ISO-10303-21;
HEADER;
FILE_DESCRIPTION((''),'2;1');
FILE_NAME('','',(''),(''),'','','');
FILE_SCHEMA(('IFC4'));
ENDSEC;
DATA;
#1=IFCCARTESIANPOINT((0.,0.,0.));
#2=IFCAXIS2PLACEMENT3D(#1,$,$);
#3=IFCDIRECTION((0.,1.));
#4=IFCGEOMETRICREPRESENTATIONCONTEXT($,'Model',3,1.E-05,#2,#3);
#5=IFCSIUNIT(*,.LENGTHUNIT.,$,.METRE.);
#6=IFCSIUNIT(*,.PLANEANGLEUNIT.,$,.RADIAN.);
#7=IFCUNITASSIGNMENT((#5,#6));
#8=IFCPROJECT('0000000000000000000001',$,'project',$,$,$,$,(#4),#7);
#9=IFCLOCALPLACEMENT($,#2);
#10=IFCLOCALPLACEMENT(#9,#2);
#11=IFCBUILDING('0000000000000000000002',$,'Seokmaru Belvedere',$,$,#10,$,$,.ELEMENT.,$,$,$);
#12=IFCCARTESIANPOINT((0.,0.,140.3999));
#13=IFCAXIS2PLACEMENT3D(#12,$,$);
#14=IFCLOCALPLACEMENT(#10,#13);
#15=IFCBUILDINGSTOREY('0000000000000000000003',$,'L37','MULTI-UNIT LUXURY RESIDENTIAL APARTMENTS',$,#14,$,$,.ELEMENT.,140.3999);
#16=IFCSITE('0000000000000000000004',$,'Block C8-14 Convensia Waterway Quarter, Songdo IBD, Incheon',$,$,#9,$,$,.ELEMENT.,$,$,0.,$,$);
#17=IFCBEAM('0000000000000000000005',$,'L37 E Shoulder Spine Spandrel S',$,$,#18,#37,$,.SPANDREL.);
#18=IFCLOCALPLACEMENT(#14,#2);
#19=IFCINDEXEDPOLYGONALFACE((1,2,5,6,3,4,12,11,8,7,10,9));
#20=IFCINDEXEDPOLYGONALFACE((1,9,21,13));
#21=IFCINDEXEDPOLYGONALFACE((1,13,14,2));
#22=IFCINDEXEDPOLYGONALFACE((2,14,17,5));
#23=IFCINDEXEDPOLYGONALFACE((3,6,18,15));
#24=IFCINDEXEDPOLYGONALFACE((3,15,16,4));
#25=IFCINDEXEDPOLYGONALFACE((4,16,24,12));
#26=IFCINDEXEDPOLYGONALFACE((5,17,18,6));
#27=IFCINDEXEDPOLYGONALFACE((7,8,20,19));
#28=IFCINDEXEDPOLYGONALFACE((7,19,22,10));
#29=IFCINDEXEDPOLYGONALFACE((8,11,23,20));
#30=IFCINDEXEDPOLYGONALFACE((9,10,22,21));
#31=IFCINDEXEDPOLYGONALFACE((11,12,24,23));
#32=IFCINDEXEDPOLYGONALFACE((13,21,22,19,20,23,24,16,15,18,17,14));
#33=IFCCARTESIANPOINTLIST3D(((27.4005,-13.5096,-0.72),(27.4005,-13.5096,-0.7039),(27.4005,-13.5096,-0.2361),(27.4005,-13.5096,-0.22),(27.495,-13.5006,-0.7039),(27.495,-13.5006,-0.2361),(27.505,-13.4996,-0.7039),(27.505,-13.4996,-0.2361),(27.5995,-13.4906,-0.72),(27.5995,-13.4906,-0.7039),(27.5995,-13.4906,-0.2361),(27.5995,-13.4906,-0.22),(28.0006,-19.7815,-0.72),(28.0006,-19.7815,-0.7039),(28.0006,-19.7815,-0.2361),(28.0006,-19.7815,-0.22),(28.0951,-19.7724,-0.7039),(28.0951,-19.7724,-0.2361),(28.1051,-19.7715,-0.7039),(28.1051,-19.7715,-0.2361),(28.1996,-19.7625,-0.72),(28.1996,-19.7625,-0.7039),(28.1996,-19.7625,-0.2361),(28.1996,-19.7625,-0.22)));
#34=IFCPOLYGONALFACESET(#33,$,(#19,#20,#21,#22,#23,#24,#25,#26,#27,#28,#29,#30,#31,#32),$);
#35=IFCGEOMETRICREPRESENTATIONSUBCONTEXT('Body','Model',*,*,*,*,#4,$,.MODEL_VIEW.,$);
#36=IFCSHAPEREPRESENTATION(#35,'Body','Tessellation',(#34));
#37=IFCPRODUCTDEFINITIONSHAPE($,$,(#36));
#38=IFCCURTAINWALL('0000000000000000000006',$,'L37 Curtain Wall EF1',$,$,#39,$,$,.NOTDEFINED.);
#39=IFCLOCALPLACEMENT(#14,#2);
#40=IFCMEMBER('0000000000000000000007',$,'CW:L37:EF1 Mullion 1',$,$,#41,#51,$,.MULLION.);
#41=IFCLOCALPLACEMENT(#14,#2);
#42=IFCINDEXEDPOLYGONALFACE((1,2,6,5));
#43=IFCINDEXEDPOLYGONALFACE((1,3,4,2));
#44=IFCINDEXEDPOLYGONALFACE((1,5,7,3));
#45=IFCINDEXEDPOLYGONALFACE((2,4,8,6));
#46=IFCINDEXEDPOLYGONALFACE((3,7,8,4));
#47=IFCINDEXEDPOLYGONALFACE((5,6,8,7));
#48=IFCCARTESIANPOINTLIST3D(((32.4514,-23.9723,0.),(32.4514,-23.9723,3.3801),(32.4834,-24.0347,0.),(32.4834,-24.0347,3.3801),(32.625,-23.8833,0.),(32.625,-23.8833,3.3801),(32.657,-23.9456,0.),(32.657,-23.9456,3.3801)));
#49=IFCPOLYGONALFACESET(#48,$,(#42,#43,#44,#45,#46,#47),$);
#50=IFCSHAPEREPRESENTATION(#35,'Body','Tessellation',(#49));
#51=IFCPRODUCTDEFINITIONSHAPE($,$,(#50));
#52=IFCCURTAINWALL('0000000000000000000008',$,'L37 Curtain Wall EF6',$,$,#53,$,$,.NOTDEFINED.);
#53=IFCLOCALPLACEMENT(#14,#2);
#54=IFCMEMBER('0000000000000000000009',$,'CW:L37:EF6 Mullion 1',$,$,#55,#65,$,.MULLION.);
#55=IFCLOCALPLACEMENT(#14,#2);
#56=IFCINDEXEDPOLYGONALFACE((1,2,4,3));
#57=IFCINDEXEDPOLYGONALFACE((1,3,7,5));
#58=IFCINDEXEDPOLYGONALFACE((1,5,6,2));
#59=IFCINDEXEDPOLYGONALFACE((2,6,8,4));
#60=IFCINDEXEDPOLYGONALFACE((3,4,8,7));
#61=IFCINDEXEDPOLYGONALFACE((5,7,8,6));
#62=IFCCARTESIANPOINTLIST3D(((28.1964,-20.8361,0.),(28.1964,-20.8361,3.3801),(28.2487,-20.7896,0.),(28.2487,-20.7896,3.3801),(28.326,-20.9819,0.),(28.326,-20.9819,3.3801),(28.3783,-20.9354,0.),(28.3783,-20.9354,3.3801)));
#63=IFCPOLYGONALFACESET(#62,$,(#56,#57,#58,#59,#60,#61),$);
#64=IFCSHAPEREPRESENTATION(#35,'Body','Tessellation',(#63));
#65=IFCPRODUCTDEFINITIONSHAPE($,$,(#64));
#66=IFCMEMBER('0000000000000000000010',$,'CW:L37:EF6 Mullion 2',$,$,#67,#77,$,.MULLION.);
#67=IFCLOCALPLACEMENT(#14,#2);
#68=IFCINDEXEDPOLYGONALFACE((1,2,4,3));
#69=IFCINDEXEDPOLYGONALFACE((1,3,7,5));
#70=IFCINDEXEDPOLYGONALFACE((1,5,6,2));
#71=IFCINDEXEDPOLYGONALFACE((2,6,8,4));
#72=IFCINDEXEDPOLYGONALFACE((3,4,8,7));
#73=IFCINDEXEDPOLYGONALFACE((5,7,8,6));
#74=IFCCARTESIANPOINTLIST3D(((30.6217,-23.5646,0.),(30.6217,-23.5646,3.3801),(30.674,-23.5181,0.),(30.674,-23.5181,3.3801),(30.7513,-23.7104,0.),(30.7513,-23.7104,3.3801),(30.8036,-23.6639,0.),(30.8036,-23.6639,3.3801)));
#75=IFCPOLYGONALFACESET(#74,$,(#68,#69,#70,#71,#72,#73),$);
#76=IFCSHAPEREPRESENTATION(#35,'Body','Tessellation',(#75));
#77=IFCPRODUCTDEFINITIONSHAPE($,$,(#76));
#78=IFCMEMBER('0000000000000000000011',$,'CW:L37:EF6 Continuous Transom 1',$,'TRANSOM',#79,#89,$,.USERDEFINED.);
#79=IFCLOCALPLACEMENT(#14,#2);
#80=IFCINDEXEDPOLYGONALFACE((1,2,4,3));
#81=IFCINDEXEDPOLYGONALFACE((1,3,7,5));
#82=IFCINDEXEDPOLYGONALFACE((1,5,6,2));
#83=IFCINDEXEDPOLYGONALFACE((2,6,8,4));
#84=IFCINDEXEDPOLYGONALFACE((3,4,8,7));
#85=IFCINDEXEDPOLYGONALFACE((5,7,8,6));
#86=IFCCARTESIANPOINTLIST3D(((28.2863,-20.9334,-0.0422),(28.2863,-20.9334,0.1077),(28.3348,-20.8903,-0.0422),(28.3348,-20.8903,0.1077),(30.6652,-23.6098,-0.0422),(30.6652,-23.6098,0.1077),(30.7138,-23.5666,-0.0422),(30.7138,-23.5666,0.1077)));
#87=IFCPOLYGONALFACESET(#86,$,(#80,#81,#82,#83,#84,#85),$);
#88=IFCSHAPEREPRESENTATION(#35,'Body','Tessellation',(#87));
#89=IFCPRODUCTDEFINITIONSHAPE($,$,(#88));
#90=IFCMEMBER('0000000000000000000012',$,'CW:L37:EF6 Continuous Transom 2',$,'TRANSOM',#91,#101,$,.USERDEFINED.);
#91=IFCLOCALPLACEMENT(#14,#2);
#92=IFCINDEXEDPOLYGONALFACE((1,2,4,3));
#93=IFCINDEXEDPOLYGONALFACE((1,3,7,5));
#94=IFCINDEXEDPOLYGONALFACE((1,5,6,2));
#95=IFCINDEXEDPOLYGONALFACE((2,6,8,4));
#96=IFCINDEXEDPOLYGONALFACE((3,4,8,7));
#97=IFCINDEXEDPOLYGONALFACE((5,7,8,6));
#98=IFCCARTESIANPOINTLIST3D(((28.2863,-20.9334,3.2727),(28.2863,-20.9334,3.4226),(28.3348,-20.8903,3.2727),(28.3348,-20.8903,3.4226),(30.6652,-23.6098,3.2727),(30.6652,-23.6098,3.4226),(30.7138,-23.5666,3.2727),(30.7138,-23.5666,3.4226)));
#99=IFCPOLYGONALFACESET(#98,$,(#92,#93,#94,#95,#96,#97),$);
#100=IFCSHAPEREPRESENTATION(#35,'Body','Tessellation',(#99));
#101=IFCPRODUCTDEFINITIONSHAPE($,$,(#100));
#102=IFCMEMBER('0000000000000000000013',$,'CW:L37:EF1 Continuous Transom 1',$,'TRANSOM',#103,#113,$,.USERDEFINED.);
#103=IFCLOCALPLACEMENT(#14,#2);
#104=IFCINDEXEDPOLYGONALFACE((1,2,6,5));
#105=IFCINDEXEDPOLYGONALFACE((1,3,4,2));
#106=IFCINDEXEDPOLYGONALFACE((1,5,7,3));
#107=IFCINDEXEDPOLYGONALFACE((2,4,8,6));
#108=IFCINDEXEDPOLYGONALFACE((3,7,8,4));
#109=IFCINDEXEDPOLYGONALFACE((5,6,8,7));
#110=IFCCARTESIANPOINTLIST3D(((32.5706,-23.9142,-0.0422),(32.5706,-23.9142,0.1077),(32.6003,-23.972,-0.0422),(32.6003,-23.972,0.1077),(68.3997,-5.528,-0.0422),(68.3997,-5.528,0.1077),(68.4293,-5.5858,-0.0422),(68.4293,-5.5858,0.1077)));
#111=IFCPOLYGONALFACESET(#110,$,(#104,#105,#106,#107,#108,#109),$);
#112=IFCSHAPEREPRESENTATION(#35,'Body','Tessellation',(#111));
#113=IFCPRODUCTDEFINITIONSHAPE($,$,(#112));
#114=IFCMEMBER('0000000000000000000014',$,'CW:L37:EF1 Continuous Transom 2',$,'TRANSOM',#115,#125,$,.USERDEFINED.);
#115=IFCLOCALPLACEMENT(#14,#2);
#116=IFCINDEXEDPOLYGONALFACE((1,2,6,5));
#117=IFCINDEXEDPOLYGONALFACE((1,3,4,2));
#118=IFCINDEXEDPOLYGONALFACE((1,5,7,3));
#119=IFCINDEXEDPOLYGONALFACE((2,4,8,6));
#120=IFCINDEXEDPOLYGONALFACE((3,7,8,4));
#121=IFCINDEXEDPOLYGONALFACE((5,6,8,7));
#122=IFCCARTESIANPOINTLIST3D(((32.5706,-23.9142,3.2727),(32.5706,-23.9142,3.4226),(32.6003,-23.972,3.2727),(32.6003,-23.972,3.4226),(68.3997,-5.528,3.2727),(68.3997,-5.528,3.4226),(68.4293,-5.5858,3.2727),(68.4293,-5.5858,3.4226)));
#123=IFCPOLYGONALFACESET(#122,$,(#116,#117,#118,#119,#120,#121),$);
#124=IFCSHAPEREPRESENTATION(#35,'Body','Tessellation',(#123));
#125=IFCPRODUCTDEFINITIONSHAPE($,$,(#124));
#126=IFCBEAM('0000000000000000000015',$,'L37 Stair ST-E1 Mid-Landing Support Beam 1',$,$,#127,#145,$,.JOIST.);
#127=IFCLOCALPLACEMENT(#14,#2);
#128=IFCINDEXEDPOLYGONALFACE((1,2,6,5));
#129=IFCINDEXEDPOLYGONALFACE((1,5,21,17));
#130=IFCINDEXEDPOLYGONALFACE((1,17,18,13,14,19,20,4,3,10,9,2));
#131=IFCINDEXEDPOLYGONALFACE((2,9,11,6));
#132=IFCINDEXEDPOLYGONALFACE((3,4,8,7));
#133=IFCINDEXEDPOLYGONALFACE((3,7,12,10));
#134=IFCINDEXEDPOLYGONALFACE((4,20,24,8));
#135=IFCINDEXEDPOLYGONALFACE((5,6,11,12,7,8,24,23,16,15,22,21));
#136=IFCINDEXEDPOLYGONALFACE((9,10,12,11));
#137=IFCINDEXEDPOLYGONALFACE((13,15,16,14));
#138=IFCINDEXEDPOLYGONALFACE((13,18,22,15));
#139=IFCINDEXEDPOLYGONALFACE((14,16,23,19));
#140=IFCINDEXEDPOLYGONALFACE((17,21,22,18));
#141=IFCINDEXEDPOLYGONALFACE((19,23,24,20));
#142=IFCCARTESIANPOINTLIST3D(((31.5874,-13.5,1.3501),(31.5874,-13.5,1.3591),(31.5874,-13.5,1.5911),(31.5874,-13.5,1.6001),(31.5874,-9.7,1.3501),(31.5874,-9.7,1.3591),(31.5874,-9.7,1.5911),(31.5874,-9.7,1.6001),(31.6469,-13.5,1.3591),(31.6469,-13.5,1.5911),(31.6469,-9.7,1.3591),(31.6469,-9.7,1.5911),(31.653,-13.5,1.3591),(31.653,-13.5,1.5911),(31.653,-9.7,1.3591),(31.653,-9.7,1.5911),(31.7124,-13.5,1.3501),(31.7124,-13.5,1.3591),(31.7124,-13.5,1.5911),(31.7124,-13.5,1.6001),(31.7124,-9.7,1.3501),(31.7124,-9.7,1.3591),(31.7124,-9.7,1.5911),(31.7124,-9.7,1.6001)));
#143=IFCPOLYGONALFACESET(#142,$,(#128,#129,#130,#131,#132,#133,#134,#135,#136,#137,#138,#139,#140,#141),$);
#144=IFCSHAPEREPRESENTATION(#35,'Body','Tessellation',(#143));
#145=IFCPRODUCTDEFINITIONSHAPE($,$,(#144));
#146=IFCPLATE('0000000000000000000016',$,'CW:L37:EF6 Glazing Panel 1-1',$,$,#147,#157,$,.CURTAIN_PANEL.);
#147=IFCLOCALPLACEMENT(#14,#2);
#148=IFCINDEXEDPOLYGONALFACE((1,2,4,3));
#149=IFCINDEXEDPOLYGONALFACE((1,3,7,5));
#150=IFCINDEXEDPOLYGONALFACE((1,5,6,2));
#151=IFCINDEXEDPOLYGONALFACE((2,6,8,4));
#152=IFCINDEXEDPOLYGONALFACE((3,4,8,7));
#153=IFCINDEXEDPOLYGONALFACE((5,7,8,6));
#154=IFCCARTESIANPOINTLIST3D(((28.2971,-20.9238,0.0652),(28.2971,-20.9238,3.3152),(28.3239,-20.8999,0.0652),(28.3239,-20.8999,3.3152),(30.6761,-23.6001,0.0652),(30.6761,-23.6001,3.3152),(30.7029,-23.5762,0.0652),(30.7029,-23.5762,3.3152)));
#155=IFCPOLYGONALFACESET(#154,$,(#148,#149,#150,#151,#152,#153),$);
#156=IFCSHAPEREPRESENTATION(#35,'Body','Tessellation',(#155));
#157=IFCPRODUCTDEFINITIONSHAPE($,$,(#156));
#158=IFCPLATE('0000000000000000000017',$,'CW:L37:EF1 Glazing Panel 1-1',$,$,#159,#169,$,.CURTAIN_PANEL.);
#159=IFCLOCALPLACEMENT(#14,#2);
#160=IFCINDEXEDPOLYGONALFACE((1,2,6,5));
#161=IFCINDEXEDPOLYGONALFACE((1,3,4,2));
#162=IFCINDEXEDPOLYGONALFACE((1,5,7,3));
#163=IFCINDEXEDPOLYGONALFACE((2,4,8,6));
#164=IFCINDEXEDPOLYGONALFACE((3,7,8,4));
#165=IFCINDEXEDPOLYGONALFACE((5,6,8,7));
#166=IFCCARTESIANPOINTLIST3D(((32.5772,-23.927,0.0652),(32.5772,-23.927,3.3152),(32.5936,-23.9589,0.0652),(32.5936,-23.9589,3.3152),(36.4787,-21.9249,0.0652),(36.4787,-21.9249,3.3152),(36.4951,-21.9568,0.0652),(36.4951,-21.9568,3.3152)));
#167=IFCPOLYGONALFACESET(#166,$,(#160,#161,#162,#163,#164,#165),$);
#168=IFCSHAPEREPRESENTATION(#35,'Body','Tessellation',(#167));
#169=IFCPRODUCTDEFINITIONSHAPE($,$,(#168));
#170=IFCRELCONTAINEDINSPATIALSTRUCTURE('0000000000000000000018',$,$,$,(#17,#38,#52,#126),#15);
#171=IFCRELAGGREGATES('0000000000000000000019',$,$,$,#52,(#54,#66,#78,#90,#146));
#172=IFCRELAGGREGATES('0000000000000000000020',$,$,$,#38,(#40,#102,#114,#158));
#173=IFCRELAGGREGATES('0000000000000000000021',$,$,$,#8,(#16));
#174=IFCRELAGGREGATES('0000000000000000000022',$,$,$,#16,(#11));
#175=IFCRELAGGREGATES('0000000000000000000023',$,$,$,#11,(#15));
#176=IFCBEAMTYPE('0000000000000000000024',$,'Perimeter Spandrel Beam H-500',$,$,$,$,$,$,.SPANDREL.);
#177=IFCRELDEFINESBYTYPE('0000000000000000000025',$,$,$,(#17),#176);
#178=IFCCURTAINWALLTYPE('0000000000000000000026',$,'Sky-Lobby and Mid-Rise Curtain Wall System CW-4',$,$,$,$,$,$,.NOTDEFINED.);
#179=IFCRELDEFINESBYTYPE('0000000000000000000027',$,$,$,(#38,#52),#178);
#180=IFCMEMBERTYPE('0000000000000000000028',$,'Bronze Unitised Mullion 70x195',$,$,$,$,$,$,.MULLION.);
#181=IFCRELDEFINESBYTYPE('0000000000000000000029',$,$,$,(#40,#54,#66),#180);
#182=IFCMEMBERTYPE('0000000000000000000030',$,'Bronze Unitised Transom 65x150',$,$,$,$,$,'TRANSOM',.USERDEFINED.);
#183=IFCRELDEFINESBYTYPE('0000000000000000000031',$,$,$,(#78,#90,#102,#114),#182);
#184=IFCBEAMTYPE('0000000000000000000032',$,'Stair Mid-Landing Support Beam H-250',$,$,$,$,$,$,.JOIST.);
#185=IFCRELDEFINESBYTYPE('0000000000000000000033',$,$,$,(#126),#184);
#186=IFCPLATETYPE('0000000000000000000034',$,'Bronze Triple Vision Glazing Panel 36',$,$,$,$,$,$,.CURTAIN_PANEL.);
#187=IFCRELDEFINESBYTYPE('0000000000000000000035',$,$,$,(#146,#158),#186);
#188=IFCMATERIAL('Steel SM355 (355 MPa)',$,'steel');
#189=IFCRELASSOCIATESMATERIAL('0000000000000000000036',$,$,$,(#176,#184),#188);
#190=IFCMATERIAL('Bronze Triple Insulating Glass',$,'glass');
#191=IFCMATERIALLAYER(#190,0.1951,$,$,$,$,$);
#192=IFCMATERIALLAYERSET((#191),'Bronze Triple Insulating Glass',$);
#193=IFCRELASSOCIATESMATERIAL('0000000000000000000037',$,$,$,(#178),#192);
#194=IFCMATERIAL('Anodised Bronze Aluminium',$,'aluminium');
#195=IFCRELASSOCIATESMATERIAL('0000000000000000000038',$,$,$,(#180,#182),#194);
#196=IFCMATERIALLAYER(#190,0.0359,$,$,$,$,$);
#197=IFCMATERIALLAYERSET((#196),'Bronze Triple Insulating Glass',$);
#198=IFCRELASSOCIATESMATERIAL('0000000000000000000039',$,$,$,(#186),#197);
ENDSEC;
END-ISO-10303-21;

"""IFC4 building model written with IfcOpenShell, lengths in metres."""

from ifc_helpers import new_model, si_unit, direction, frame, origin, origin_2d, place, context, subcontext, project, spatial, rectangle, i_section, extrude, source, transform, mapped, material, layer, layer_set, material_profile, profile_set, type_object, type_shapes, element, aggregate, save


model = new_model("IFC4")

# Units and contexts
model_context = context("Model", 3, precision=1e-05, world=origin(), true_north=direction((0.0, 1.0)))
body_context = subcontext(model_context, "Body", "Model", "MODEL_VIEW")
ifc_project = project(units=[si_unit("LENGTHUNIT", "METRE"), si_unit("PLANEANGLEUNIT", "RADIAN")], contexts=[model_context])

# Site, building, storey
site_placement = place(None, origin())
site = spatial("IfcSite", under=ifc_project, at=site_placement, Name="Block C8-14 Convensia Waterway Quarter, Songdo IBD, Incheon", CompositionType="ELEMENT", RefElevation=0.0)
building_placement = place(site_placement, origin())
building = spatial("IfcBuilding", under=site, at=building_placement, Name="Seokmaru Belvedere", CompositionType="ELEMENT")
storey_placement = place(building_placement, frame((0.0, 0.0, 140.3999)))
storey = spatial("IfcBuildingStorey", under=building, at=storey_placement, Name="L37", Description="MULTI-UNIT LUXURY RESIDENTIAL APARTMENTS", CompositionType="ELEMENT", Elevation=140.3999)

# Shared definitions
ifc_material_1 = material(Name="Steel SM355 (355 MPa)", Category="steel")

# Beam
ifc_material_profile_1 = material_profile(ifc_material_1, i_section(OverallWidth=0.2, OverallDepth=0.5, WebThickness=0.01, FlangeThickness=0.0161, at=origin_2d()), Name="H-500x200x10x16")
ifc_profile_set_1 = profile_set([ifc_material_profile_1], Name="Steel SM355 (355 MPa)")
beam_type_1 = type_object("IfcBeamType", Name="Perimeter Spandrel Beam H-500", PredefinedType="SPANDREL", material=ifc_profile_set_1)
shared_shape_1 = source(origin(), body_context, "Body", "SweptSolid", [
    extrude(i_section(OverallWidth=0.2, OverallDepth=0.5, WebThickness=0.01, FlangeThickness=0.0161, at=origin_2d()), origin(), (0.0, 0.0, 1.0), 6.3005),
])
beam_1_placement = place(storey_placement, frame((28.1001, -19.772, -0.47), z_axis=(-0.095244, 0.995454, 0.0), x_axis=(-0.995454, -0.095244, 0.0)))
element("IfcBeam", 1, at=beam_1_placement, inside=storey, type_object=beam_type_1, Name="L37 E Shoulder Spine Spandrel S", PredefinedType="SPANDREL", context=body_context, shape_type="MappedRepresentation", body=[
    mapped(shared_shape_1, transform((0.0, 0.0, 0.0), scale=1.0)),
])

# Curtain wall, member
ifc_material_2 = material(Name="Bronze Triple Insulating Glass", Category="glass")
ifc_layer_1 = layer(ifc_material_2, 0.1951)
ifc_layer_set_1 = layer_set([ifc_layer_1], Name="Bronze Triple Insulating Glass")
curtain_wall_type = type_object("IfcCurtainWallType", Name="Sky-Lobby and Mid-Rise Curtain Wall System CW-4", PredefinedType="NOTDEFINED", material=ifc_layer_set_1)
curtain_wall_1_placement = place(storey_placement, origin())
curtain_wall_1 = element("IfcCurtainWall", 2, at=curtain_wall_1_placement, inside=storey, type_object=curtain_wall_type, Name="L37 Curtain Wall EF1", PredefinedType="NOTDEFINED")
ifc_material_3 = material(Name="Anodised Bronze Aluminium", Category="aluminium")
ifc_material_profile_2 = material_profile(ifc_material_3, rectangle(XDim=0.0701, YDim=0.1951, at=origin_2d()), Name="CW-M-70x195")
ifc_profile_set_2 = profile_set([ifc_material_profile_2], Name="Anodised Bronze Aluminium")
member_type_1 = type_object("IfcMemberType", Name="Bronze Unitised Mullion 70x195", PredefinedType="MULLION", material=ifc_profile_set_2)
shared_shape_2 = source(origin(), body_context, "Body", "SweptSolid", [
    extrude(rectangle(XDim=0.0701, YDim=0.1951, at=origin_2d()), origin(), (0.0, 0.0, 1.0), 3.3801),
])
type_shapes(member_type_1, [shared_shape_2])
member_1_placement = place(storey_placement, frame((32.5542, -23.959, 0.0), z_axis=(0.0, 0.0, 1.0), x_axis=(-0.456555, 0.889695, 0.0)))
member_1 = element("IfcMember", 3, at=member_1_placement, type_object=member_type_1, Name="CW:L37:EF1 Mullion 1", PredefinedType="MULLION", context=body_context, shape_type="MappedRepresentation", body=[
    mapped(shared_shape_2, transform((0.0, 0.0, 0.0), scale=1.0)),
])

# Curtain wall, members
curtain_wall_2_placement = place(storey_placement, origin())
curtain_wall_2 = element("IfcCurtainWall", 4, at=curtain_wall_2_placement, inside=storey, type_object=curtain_wall_type, Name="L37 Curtain Wall EF6", PredefinedType="NOTDEFINED")
member_2_placement = place(storey_placement, frame((28.2874, -20.8857, 0.0), z_axis=(0.0, 0.0, 1.0), x_axis=(0.74741, 0.664363, 0.0)))
member_2 = element("IfcMember", 5, at=member_2_placement, type_object=member_type_1, Name="CW:L37:EF6 Mullion 1", PredefinedType="MULLION", context=body_context, shape_type="MappedRepresentation", body=[
    mapped(shared_shape_2, transform((0.0, 0.0, 0.0), scale=1.0)),
])
member_3_placement = place(storey_placement, frame((30.7126, -23.6143, 0.0), z_axis=(0.0, 0.0, 1.0), x_axis=(0.74741, 0.664363, 0.0)))
member_3 = element("IfcMember", 6, at=member_3_placement, type_object=member_type_1, Name="CW:L37:EF6 Mullion 2", PredefinedType="MULLION", context=body_context, shape_type="MappedRepresentation", body=[
    mapped(shared_shape_2, transform((0.0, 0.0, 0.0), scale=1.0)),
])
ifc_material_profile_3 = material_profile(ifc_material_3, rectangle(XDim=0.0649, YDim=0.1499, at=origin_2d()), Name="CW-T-65x150")
ifc_profile_set_3 = profile_set([ifc_material_profile_3], Name="Anodised Bronze Aluminium")
member_type_2 = type_object("IfcMemberType", Name="Bronze Unitised Transom 65x150", ElementType="TRANSOM", PredefinedType="USERDEFINED", material=ifc_profile_set_3)
shared_shape_3 = source(origin(), body_context, "Body", "SweptSolid", [
    extrude(rectangle(XDim=0.0649, YDim=0.1499, at=origin_2d()), origin(), (0.0, 0.0, 1.0), 3.5808),
])
member_4_placement = place(storey_placement, frame((28.3105, -20.9119, 0.0327), z_axis=(0.664364, -0.747409, 0.0), x_axis=(0.747409, 0.664364, 0.0)))
member_4 = element("IfcMember", 7, at=member_4_placement, type_object=member_type_2, Name="CW:L37:EF6 Continuous Transom 1", ObjectType="TRANSOM", PredefinedType="USERDEFINED", context=body_context, shape_type="MappedRepresentation", body=[
    mapped(shared_shape_3, transform((0.0, 0.0, 0.0), scale=1.0)),
])
member_5_placement = place(storey_placement, frame((28.3105, -20.9119, 3.3477), z_axis=(0.664364, -0.747409, 0.0), x_axis=(0.747409, 0.664364, 0.0)))
member_5 = element("IfcMember", 8, at=member_5_placement, type_object=member_type_2, Name="CW:L37:EF6 Continuous Transom 2", ObjectType="TRANSOM", PredefinedType="USERDEFINED", context=body_context, shape_type="MappedRepresentation", body=[
    mapped(shared_shape_3, transform((0.0, 0.0, 0.0), scale=1.0)),
])

# Members
shared_shape_4 = source(origin(), body_context, "Body", "SweptSolid", [
    extrude(rectangle(XDim=0.0649, YDim=0.1499, at=origin_2d()), origin(), (0.0, 0.0, 1.0), 40.2712),
])
type_shapes(member_type_2, [shared_shape_3, shared_shape_4])
member_6_placement = place(storey_placement, frame((32.5854, -23.9431, 0.0327), z_axis=(0.889693, 0.456559, 0.0), x_axis=(-0.456559, 0.889693, 0.0)))
member_6 = element("IfcMember", 9, at=member_6_placement, type_object=member_type_2, Name="CW:L37:EF1 Continuous Transom 1", ObjectType="TRANSOM", PredefinedType="USERDEFINED", context=body_context, shape_type="MappedRepresentation", body=[
    mapped(shared_shape_4, transform((0.0, 0.0, 0.0), scale=1.0)),
])
member_7_placement = place(storey_placement, frame((32.5854, -23.9431, 3.3477), z_axis=(0.889693, 0.456559, 0.0), x_axis=(-0.456559, 0.889693, 0.0)))
member_7 = element("IfcMember", 10, at=member_7_placement, type_object=member_type_2, Name="CW:L37:EF1 Continuous Transom 2", ObjectType="TRANSOM", PredefinedType="USERDEFINED", context=body_context, shape_type="MappedRepresentation", body=[
    mapped(shared_shape_4, transform((0.0, 0.0, 0.0), scale=1.0)),
])

# Beam
ifc_material_profile_4 = material_profile(ifc_material_1, i_section(OverallWidth=0.125, OverallDepth=0.25, WebThickness=0.0061, FlangeThickness=0.009, at=origin_2d()), Name="H-250x125x6x9")
ifc_profile_set_4 = profile_set([ifc_material_profile_4], Name="Steel SM355 (355 MPa)")
beam_type_2 = type_object("IfcBeamType", Name="Stair Mid-Landing Support Beam H-250", PredefinedType="JOIST", material=ifc_profile_set_4)
shared_shape_5 = source(origin(), body_context, "Body", "SweptSolid", [
    extrude(i_section(OverallWidth=0.125, OverallDepth=0.25, WebThickness=0.0061, FlangeThickness=0.009, at=origin_2d()), origin(), (0.0, 0.0, 1.0), 3.8),
])
type_shapes(beam_type_2, [shared_shape_5])
beam_2_placement = place(storey_placement, frame((31.6499, -13.5, 1.4751), z_axis=(0.0, 1.0, 0.0), x_axis=(-1.0, 0.0, 0.0)))
element("IfcBeam", 11, at=beam_2_placement, inside=storey, type_object=beam_type_2, Name="L37 Stair ST-E1 Mid-Landing Support Beam 1", PredefinedType="JOIST", context=body_context, shape_type="MappedRepresentation", body=[
    mapped(shared_shape_5, transform((0.0, 0.0, 0.0), scale=1.0)),
])

# Plates
ifc_layer_2 = layer(ifc_material_2, 0.0359)
ifc_layer_set_2 = layer_set([ifc_layer_2], Name="Bronze Triple Insulating Glass")
plate_type = type_object("IfcPlateType", Name="Bronze Triple Vision Glazing Panel 36", PredefinedType="CURTAIN_PANEL", material=ifc_layer_set_2)
shared_shape_6 = source(origin(), body_context, "Body", "SweptSolid", [
    extrude(rectangle(XDim=3.5808, YDim=0.0359, at=origin_2d()), origin(), (0.0, 0.0, 1.0), 3.25),
])
plate_1_placement = place(storey_placement, frame((29.5, -22.25, 0.0652), z_axis=(0.0, 0.0, 1.0), x_axis=(0.664363, -0.74741, 0.0)))
plate_1 = element("IfcPlate", 12, at=plate_1_placement, type_object=plate_type, Name="CW:L37:EF6 Glazing Panel 1-1", PredefinedType="CURTAIN_PANEL", context=body_context, shape_type="MappedRepresentation", body=[
    mapped(shared_shape_6, transform((0.0, 0.0, 0.0), scale=1.0)),
])
aggregate(curtain_wall_2, [member_2, member_3, member_4, member_5, plate_1])
shared_shape_7 = source(origin(), body_context, "Body", "SweptSolid", [
    extrude(rectangle(XDim=4.3853, YDim=0.0359, at=origin_2d()), origin(), (0.0, 0.0, 1.0), 3.25),
])
type_shapes(plate_type, [shared_shape_6, shared_shape_7])
plate_2_placement = place(storey_placement, frame((34.5361, -22.9419, 0.0652), z_axis=(0.0, 0.0, 1.0), x_axis=(0.889695, 0.456555, 0.0)))
plate_2 = element("IfcPlate", 13, at=plate_2_placement, type_object=plate_type, Name="CW:L37:EF1 Glazing Panel 1-1", PredefinedType="CURTAIN_PANEL", context=body_context, shape_type="MappedRepresentation", body=[
    mapped(shared_shape_7, transform((0.0, 0.0, 0.0), scale=1.0)),
])
aggregate(curtain_wall_1, [member_1, member_6, member_7, plate_2])

save(model, "model.ifc")
